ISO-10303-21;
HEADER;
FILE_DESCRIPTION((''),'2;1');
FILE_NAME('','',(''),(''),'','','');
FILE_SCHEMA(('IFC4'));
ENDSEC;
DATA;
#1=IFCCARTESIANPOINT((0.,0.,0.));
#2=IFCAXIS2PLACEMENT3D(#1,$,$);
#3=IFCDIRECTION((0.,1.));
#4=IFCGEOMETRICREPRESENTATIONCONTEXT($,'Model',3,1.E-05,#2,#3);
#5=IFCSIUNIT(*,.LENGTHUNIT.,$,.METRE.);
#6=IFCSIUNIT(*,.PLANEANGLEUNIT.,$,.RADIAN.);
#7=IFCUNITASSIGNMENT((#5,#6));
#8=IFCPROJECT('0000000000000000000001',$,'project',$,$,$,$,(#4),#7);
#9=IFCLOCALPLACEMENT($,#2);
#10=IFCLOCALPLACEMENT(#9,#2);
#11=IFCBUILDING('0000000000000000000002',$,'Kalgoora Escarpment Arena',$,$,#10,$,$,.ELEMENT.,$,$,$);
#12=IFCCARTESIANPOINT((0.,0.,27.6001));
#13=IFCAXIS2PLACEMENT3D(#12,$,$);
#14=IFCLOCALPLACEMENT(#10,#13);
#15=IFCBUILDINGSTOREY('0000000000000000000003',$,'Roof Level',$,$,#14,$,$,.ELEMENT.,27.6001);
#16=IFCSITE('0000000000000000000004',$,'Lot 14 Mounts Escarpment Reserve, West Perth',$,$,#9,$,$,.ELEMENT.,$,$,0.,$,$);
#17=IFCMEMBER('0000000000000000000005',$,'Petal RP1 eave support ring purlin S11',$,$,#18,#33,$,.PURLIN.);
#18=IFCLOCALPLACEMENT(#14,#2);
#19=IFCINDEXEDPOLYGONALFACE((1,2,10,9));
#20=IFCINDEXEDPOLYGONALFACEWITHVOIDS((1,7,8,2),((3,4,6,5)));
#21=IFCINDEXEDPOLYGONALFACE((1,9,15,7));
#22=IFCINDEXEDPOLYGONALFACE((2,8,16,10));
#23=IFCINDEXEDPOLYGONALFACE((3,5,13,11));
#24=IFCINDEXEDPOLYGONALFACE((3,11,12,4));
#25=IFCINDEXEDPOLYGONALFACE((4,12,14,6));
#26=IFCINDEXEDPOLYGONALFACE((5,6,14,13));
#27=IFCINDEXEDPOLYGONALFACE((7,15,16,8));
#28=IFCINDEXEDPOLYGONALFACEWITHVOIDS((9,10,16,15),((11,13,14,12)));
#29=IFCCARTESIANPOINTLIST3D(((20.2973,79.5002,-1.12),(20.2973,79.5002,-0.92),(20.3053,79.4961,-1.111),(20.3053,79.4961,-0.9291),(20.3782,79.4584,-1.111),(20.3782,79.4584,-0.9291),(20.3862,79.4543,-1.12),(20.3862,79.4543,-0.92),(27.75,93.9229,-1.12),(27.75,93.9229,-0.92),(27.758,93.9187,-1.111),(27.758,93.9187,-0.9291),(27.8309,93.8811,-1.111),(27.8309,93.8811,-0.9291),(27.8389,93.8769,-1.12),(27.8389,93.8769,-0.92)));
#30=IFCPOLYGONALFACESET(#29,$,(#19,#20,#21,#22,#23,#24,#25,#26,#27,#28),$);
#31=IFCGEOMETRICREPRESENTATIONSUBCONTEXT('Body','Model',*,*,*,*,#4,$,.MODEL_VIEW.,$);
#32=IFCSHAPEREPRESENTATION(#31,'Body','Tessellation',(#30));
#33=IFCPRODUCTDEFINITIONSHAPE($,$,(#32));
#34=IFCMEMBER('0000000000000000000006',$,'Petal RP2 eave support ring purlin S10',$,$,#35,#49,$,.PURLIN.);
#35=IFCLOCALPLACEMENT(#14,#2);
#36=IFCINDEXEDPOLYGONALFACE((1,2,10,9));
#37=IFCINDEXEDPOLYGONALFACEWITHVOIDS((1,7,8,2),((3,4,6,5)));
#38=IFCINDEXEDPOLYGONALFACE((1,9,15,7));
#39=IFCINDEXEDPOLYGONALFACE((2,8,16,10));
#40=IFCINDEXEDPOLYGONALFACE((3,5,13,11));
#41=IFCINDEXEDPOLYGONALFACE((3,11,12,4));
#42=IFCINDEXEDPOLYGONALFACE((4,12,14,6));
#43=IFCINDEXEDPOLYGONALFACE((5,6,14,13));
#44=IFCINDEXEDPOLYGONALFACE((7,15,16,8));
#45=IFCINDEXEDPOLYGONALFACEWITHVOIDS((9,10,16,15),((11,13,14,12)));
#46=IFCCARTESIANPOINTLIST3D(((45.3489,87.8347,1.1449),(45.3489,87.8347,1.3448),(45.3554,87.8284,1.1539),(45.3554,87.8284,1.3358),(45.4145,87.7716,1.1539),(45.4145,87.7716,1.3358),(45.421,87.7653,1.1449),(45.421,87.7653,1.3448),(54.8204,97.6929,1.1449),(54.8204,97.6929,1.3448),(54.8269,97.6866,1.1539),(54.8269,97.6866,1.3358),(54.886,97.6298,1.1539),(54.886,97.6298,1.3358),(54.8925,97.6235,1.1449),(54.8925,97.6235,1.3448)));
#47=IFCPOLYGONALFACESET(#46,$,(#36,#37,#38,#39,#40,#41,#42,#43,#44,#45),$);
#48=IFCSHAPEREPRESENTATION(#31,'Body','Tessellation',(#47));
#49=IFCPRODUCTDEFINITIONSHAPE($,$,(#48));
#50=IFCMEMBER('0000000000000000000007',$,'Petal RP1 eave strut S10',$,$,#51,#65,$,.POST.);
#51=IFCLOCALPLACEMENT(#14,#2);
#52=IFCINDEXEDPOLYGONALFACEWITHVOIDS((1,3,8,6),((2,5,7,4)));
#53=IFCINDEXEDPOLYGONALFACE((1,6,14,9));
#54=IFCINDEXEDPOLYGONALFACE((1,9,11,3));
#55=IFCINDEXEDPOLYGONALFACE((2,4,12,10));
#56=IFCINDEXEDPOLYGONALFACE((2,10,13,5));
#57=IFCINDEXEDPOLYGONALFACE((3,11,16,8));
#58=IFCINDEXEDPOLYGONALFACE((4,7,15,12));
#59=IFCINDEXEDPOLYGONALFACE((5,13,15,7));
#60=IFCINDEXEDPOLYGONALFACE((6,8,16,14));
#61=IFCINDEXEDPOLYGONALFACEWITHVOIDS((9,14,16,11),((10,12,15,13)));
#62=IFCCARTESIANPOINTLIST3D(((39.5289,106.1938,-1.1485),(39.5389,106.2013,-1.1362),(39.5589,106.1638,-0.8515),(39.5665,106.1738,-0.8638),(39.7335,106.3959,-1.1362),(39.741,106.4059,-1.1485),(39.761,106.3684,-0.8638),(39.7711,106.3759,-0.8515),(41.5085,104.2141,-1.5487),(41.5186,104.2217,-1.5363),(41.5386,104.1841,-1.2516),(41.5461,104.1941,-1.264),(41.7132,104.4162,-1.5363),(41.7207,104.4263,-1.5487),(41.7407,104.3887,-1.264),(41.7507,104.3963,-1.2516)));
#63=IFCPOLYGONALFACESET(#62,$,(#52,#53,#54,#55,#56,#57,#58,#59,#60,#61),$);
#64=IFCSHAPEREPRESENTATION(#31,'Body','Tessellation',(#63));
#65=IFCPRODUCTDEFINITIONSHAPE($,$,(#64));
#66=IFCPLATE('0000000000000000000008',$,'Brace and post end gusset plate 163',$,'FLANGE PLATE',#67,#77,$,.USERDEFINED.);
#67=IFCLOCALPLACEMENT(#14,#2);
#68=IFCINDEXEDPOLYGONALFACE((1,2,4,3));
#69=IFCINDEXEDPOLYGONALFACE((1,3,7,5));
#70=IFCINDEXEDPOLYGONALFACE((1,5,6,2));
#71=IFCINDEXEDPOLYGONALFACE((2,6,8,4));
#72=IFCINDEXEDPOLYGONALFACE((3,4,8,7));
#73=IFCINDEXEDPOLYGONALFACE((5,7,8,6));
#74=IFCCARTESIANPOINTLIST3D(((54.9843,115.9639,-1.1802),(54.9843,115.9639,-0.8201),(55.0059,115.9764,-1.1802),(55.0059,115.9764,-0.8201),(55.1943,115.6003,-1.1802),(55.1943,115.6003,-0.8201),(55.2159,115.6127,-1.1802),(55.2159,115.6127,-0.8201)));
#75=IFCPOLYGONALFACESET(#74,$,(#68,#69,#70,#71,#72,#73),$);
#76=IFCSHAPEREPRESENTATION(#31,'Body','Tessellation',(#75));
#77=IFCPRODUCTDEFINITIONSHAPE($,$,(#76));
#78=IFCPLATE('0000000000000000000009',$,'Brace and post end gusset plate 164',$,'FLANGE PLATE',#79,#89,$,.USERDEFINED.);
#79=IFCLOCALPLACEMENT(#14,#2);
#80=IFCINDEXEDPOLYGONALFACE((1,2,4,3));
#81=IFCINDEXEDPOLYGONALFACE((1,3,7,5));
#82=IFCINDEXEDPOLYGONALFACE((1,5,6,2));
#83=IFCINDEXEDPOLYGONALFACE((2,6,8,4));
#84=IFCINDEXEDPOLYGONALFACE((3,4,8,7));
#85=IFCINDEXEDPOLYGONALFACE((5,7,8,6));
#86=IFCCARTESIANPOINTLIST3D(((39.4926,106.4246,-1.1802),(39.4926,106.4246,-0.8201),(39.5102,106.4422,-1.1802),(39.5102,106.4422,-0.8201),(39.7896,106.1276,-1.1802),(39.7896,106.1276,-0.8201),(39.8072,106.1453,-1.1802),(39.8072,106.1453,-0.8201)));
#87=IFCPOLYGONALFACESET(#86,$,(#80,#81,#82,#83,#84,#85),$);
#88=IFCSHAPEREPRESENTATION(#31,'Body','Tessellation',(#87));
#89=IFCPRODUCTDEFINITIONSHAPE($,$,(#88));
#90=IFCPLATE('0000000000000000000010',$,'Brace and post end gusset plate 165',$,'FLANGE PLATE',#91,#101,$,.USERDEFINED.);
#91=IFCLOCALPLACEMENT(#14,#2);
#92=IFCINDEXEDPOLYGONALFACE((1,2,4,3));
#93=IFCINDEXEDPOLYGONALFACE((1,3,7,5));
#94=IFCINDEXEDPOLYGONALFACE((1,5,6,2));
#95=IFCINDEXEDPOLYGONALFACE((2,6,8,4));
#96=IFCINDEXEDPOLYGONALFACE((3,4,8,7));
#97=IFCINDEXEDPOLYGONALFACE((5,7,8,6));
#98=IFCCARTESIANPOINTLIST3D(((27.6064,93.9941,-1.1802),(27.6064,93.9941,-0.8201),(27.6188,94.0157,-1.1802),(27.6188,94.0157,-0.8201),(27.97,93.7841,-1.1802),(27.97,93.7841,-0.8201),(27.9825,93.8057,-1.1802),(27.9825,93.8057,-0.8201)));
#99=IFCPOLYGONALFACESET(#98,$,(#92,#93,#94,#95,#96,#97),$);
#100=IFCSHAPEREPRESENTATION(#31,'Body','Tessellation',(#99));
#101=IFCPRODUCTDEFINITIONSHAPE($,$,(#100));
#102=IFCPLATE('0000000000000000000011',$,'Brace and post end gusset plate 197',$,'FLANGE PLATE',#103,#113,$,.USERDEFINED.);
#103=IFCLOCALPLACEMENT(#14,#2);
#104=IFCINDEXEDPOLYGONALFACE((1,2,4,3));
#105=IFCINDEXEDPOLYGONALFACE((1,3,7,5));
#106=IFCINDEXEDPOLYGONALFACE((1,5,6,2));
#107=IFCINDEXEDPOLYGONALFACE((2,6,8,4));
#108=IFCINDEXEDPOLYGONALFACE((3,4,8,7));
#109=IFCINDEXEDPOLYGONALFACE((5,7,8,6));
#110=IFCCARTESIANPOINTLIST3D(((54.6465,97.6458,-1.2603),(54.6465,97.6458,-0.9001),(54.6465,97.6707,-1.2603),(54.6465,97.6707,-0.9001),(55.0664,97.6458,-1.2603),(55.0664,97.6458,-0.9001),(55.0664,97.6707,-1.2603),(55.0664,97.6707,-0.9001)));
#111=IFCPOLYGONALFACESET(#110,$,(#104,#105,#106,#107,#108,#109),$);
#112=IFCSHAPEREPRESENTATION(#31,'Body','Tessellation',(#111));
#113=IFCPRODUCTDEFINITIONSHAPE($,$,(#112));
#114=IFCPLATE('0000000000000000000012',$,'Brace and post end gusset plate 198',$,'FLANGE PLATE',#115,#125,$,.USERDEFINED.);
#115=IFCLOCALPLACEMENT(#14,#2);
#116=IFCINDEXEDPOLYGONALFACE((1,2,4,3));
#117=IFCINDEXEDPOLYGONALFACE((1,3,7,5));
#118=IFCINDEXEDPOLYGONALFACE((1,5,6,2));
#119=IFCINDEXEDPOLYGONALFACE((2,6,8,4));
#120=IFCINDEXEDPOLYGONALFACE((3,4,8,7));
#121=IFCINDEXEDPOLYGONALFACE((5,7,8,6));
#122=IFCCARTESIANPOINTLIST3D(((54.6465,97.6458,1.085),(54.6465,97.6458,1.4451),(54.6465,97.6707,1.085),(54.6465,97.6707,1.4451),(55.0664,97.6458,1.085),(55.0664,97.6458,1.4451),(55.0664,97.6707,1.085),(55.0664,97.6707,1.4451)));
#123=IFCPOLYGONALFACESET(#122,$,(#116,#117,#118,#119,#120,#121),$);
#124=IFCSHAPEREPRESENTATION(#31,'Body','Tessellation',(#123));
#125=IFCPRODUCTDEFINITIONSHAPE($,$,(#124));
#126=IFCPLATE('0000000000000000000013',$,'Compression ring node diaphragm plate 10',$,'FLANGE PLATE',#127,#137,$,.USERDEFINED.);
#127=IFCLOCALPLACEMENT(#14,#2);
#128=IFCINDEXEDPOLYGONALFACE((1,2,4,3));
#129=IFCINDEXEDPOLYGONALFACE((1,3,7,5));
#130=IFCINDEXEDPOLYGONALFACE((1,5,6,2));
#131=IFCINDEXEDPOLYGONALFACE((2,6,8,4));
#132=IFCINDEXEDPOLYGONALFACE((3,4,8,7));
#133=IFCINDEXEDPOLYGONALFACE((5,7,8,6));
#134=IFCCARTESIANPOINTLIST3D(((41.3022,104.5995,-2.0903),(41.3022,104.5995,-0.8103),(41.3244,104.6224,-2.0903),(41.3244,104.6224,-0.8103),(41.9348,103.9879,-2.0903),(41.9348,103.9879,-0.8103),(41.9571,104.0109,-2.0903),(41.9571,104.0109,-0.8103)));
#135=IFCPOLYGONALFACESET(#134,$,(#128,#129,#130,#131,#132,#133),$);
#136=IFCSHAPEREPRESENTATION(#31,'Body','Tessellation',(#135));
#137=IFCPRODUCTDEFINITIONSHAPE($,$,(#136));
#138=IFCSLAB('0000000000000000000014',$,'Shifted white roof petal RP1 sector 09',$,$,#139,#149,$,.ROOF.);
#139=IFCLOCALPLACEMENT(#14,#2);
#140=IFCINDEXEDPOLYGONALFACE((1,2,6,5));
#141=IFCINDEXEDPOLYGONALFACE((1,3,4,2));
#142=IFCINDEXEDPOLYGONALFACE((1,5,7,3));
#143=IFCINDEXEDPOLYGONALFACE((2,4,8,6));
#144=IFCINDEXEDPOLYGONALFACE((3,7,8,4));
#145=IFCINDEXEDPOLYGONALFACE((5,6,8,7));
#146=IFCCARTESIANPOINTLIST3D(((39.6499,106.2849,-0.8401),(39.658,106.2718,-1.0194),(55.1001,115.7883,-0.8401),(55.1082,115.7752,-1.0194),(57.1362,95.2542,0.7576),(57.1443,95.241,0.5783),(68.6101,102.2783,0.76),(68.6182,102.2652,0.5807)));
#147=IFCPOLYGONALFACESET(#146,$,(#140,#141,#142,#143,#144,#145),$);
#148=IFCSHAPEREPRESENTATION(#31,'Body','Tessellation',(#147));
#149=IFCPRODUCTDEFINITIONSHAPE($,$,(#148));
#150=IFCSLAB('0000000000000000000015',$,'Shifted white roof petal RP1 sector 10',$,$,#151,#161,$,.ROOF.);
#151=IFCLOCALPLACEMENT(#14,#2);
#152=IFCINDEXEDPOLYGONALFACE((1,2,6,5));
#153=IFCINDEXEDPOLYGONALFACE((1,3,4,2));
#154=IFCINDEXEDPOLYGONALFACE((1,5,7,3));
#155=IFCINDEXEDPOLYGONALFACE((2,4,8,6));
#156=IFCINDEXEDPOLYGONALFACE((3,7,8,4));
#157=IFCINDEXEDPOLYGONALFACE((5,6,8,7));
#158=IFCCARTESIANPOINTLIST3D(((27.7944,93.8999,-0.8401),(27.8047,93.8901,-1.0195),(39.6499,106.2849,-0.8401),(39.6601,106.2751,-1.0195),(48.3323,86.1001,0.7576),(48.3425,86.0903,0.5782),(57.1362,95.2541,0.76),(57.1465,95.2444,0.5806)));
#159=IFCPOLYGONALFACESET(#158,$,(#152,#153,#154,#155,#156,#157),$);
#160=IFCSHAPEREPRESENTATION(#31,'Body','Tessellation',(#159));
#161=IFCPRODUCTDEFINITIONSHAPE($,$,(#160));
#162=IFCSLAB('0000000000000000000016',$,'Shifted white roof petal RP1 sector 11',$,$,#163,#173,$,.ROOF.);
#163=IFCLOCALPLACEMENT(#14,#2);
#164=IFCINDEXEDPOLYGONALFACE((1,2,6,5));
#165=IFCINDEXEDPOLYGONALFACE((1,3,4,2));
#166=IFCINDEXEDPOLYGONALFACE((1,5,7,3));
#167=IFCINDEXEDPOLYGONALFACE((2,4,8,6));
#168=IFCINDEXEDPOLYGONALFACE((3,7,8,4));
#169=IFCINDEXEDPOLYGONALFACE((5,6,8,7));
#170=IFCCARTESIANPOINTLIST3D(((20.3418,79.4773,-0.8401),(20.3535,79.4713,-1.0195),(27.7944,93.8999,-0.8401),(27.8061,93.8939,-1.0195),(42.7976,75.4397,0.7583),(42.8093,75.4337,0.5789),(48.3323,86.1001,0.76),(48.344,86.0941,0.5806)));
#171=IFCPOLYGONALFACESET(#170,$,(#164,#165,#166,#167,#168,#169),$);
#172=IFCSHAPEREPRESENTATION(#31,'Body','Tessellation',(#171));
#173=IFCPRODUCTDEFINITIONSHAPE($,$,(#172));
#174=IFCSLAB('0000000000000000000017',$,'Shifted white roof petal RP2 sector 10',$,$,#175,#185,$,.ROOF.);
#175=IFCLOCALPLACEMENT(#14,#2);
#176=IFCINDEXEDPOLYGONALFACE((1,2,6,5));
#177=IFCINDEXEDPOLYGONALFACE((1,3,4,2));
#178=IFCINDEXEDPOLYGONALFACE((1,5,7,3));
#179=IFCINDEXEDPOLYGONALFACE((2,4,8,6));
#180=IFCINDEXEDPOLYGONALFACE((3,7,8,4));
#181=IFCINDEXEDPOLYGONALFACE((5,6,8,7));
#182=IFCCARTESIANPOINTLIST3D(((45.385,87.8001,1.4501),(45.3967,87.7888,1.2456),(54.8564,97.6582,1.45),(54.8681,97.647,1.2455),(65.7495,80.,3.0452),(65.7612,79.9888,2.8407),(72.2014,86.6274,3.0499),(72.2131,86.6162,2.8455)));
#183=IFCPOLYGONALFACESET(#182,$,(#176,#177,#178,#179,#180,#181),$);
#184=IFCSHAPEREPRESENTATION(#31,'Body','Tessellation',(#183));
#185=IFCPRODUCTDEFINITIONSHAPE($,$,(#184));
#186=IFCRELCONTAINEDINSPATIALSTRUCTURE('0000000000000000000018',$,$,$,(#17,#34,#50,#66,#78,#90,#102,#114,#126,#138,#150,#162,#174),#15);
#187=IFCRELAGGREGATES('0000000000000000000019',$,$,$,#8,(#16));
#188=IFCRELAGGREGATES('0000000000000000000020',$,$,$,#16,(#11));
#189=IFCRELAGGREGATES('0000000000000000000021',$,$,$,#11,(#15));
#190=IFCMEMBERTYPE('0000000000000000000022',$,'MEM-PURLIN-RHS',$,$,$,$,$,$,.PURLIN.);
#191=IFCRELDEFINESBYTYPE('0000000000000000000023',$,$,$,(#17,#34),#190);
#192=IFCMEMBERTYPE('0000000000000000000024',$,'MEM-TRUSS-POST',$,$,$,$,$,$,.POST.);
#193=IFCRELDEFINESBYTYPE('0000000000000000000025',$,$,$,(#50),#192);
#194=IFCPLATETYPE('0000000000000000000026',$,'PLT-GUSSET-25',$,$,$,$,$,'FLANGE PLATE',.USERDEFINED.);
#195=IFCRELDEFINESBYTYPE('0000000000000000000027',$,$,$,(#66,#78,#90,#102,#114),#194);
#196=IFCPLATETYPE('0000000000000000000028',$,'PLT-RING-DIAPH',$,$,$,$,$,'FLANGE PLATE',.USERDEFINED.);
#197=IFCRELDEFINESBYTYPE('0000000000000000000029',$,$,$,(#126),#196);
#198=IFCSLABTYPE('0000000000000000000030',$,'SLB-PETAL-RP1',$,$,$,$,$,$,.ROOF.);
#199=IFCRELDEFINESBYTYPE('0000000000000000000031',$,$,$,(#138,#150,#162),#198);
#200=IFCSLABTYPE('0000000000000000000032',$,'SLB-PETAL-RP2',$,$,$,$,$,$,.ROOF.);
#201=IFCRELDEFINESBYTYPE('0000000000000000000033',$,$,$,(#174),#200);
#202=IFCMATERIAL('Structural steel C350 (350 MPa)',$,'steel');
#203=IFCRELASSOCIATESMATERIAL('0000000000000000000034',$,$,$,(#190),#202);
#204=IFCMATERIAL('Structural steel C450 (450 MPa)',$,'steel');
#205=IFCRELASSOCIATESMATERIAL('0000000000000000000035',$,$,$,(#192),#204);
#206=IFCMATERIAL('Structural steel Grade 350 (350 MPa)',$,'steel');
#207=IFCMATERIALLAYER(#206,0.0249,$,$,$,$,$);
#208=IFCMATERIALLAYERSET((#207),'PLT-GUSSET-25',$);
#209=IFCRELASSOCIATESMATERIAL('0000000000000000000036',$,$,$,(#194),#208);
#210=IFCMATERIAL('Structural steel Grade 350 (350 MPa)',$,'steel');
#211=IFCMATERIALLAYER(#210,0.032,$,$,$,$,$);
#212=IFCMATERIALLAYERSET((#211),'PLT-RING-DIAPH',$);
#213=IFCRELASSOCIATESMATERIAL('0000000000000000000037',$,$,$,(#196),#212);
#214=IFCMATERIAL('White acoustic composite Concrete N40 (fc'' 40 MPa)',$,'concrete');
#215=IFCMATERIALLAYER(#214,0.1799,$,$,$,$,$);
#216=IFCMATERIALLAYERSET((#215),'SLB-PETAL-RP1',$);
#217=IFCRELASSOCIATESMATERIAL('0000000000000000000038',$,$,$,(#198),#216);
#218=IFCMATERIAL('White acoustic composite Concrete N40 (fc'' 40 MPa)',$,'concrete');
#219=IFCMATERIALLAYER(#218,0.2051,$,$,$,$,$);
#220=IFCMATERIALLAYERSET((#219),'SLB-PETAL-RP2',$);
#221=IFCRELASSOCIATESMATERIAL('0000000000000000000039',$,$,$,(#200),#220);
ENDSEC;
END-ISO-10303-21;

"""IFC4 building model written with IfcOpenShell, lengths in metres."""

from ifc_helpers import new_model, si_unit, direction, frame, origin, origin_2d, place, context, subcontext, project, spatial, polyline, rectangle, hollow_rectangle, outline, extrude, material, layer, layer_set, material_profile, profile_set, type_object, element, save


model = new_model("IFC4")

# Units and contexts
model_context = context("Model", 3, precision=1e-05, world=origin(), true_north=direction((0.0, 1.0)))
body_context = subcontext(model_context, "Body", "Model", "MODEL_VIEW")
ifc_project = project(units=[si_unit("LENGTHUNIT", "METRE"), si_unit("PLANEANGLEUNIT", "RADIAN")], contexts=[model_context])

# Site, building, storey
site_placement = place(None, origin())
site = spatial("IfcSite", under=ifc_project, at=site_placement, Name="Lot 14 Mounts Escarpment Reserve, West Perth", CompositionType="ELEMENT", RefElevation=0.0)
building_placement = place(site_placement, origin())
building = spatial("IfcBuilding", under=site, at=building_placement, Name="Kalgoora Escarpment Arena", CompositionType="ELEMENT")
storey_placement = place(building_placement, frame((0.0, 0.0, 27.6001)))
storey = spatial("IfcBuildingStorey", under=building, at=storey_placement, Name="Roof Level", CompositionType="ELEMENT", Elevation=27.6001)

# Members
ifc_material_1 = material(Name="Structural steel C350 (350 MPa)", Category="steel")
ifc_material_profile_1 = material_profile(ifc_material_1, hollow_rectangle(XDim=0.1001, YDim=0.2, WallThickness=0.009, at=origin_2d()))
ifc_profile_set_1 = profile_set([ifc_material_profile_1], Name="Structural steel C350 (350 MPa)")
member_type_1 = type_object("IfcMemberType", Name="MEM-PURLIN-RHS", PredefinedType="PURLIN", material=ifc_profile_set_1)
member_1_placement = place(storey_placement, frame((27.7944, 93.8999, -1.02), z_axis=(-0.459067, -0.888402, 0.0), x_axis=(0.888402, -0.459067, 0.0)))
element("IfcMember", 1, at=member_1_placement, inside=storey, type_object=member_type_1, Name="Petal RP1 eave support ring purlin S11", PredefinedType="PURLIN", context=body_context, shape_type="SweptSolid", body=[
    extrude(hollow_rectangle(XDim=0.1001, YDim=0.2, WallThickness=0.009, at=origin_2d()), origin(), (0.0, 0.0, 1.0), 16.2344),
])
member_2_placement = place(storey_placement, frame((54.8564, 97.6582, 1.2449), z_axis=(-0.692821, -0.721109, 0.0), x_axis=(0.721109, -0.692821, 0.0)))
element("IfcMember", 2, at=member_2_placement, inside=storey, type_object=member_type_1, Name="Petal RP2 eave support ring purlin S10", PredefinedType="PURLIN", context=body_context, shape_type="SweptSolid", body=[
    extrude(hollow_rectangle(XDim=0.1001, YDim=0.2, WallThickness=0.009, at=origin_2d()), origin(), (0.0, 0.0, 1.0), 13.6709),
])
ifc_material_2 = material(Name="Structural steel C450 (450 MPa)", Category="steel")
ifc_material_profile_2 = material_profile(ifc_material_2, hollow_rectangle(XDim=0.3, YDim=0.3, WallThickness=0.0125, at=origin_2d()))
ifc_profile_set_2 = profile_set([ifc_material_profile_2], Name="Structural steel C450 (450 MPa)")
member_type_2 = type_object("IfcMemberType", Name="MEM-TRUSS-POST", PredefinedType="POST", material=ifc_profile_set_2)
member_3_placement = place(storey_placement, frame((41.6296, 104.3052, -1.4001), z_axis=(-0.699994, 0.699994, 0.141484), x_axis=(-0.707107, -0.707107, 0.0)))
element("IfcMember", 3, at=member_3_placement, inside=storey, type_object=member_type_2, Name="Petal RP1 eave strut S10", PredefinedType="POST", context=body_context, shape_type="SweptSolid", body=[
    extrude(hollow_rectangle(XDim=0.3, YDim=0.3, WallThickness=0.0125, at=origin_2d()), origin(), (0.0, 0.0, 1.0), 2.8281),
])

# Plates
ifc_material_3 = material(Name="Structural steel Grade 350 (350 MPa)", Category="steel")
ifc_layer_1 = layer(ifc_material_3, 0.0249)
ifc_layer_set_1 = layer_set([ifc_layer_1], Name="PLT-GUSSET-25")
plate_type_1 = type_object("IfcPlateType", Name="PLT-GUSSET-25", ElementType="FLANGE PLATE", PredefinedType="USERDEFINED", material=ifc_layer_set_1)
for number, where, z_axis, x_axis, name in (
    (4, (55.1001, 115.7883, -1.1802), (0.0, 0.0, 1.0), (-0.5, 0.866025, 0.0), "Brace and post end gusset plate 163"),
    (5, (39.6499, 106.2849, -1.1802), (0.0, 0.0, 1.0), (-0.707107, 0.707107, 0.0), "Brace and post end gusset plate 164"),
    (6, (27.7944, 93.8999, -1.1802), (0.0, 0.0, 1.0), (-0.866025, 0.5, 0.0), "Brace and post end gusset plate 165"),
    (7, (54.8564, 97.6582, -1.2603), (0.0, 0.0, 1.0), (1.0, 0.0, 0.0), "Brace and post end gusset plate 197"),
    (8, (54.8564, 97.6582, 1.085), (0.0, 0.0, 1.0), (1.0, 0.0, 0.0), "Brace and post end gusset plate 198"),
):
    element("IfcPlate", number, at=place(storey_placement, frame(where, z_axis=z_axis, x_axis=x_axis)), inside=storey, type_object=plate_type_1, Name=name, ObjectType="FLANGE PLATE", PredefinedType="USERDEFINED", context=body_context, shape_type="SweptSolid", body=[
        extrude(rectangle(XDim=0.4199, YDim=0.0249, at=origin_2d()), origin(), (0.0, 0.0, 1.0), 0.3601),
    ])
ifc_material_4 = material(Name="Structural steel Grade 350 (350 MPa)", Category="steel")
ifc_layer_2 = layer(ifc_material_4, 0.032)
ifc_layer_set_2 = layer_set([ifc_layer_2], Name="PLT-RING-DIAPH")
plate_type_2 = type_object("IfcPlateType", Name="PLT-RING-DIAPH", ElementType="FLANGE PLATE", PredefinedType="USERDEFINED", material=ifc_layer_set_2)
plate_placement = place(storey_placement, frame((41.6296, 104.3052, -2.0903), z_axis=(0.0, 0.0, 1.0), x_axis=(-0.695035, -0.718976, 0.0)))
element("IfcPlate", 9, at=plate_placement, inside=storey, type_object=plate_type_2, Name="Compression ring node diaphragm plate 10", ObjectType="FLANGE PLATE", PredefinedType="USERDEFINED", context=body_context, shape_type="SweptSolid", body=[
    extrude(rectangle(XDim=0.032, YDim=0.8799, at=origin_2d()), origin(), (0.0, 0.0, 1.0), 1.28),
])

# Slabs
ifc_material_5 = material(Name="White acoustic composite Concrete N40 (fc' 40 MPa)", Category="concrete")
ifc_layer_3 = layer(ifc_material_5, 0.1799)
ifc_layer_set_3 = layer_set([ifc_layer_3], Name="SLB-PETAL-RP1")
slab_type_1 = type_object("IfcSlabType", Name="SLB-PETAL-RP1", PredefinedType="ROOF", material=ifc_layer_set_3)
slab_1_placement = place(storey_placement, frame((55.1001, 115.7883, -0.8401), z_axis=(-0.04494, 0.073062, 0.996314), x_axis=(-0.851766, -0.523922, 0.0)))
element("IfcSlab", 10, at=slab_1_placement, inside=storey, type_object=slab_type_1, Name="Shifted white roof petal RP1 sector 09", PredefinedType="ROOF", context=body_context, shape_type="SweptSolid", body=[
    extrude(outline(polyline([(0.0, 0.0), (18.139, 0.0), (9.024, 18.6257), (-4.4292, 18.6543), (0.0, 0.0)])), origin(), (0.0, 0.0, -1.0), 0.1799),
])
slab_2_placement = place(storey_placement, frame((39.6499, 106.2849, -0.8401), z_axis=(-0.056876, 0.054441, 0.996896), x_axis=(-0.691495, -0.722382, -0.000003)))
element("IfcSlab", 11, at=slab_2_placement, inside=storey, type_object=slab_type_1, Name="Shifted white roof petal RP1 sector 10", PredefinedType="ROOF", context=body_context, shape_type="SweptSolid", body=[
    extrude(outline(polyline([(0.0, 0.0), (17.1447, 0.0), (8.5773, 20.2927), (-4.1233, 20.3226), (0.0, 0.0)])), origin(), (0.0, 0.0, -1.0), 0.1799),
])
slab_3_placement = place(storey_placement, frame((27.7944, 93.8999, -0.8401), z_axis=(-0.064954, 0.033564, 0.997324), x_axis=(-0.459067, -0.888402, 0.0)))
element("IfcSlab", 12, at=slab_3_placement, inside=storey, type_object=slab_type_1, Name="Shifted white roof petal RP1 sector 11", PredefinedType="ROOF", context=body_context, shape_type="SweptSolid", body=[
    extrude(outline(polyline([(0.0, 0.0), (16.2343, 0.0), (9.5126, 21.8618), (-2.4989, 21.8851), (0.0, 0.0)])), origin(), (0.0, 0.0, -1.0), 0.1799),
])
ifc_material_6 = material(Name="White acoustic composite Concrete N40 (fc' 40 MPa)", Category="concrete")
ifc_layer_4 = layer(ifc_material_6, 0.2051)
ifc_layer_set_4 = layer_set([ifc_layer_4], Name="SLB-PETAL-RP2")
slab_type_2 = type_object("IfcSlabType", Name="SLB-PETAL-RP2", PredefinedType="ROOF", material=ifc_layer_set_4)
slab_4_placement = place(storey_placement, frame((54.8564, 97.6582, 1.45), z_axis=(-0.057074, 0.054847, 0.996862), x_axis=(-0.692822, -0.721109, 0.000009)))
element("IfcSlab", 13, at=slab_4_placement, inside=storey, type_object=slab_type_2, Name="Shifted white roof petal RP2 sector 10", PredefinedType="ROOF", context=body_context, shape_type="SweptSolid", body=[
    extrude(outline(polyline([(0.0, 0.0), (13.6708, 0.0), (5.1865, 20.1523), (-4.0626, 20.2134), (0.0, 0.0)])), origin(), (0.0, 0.0, -1.0), 0.2051),
])

save(model, "model.ifc")
